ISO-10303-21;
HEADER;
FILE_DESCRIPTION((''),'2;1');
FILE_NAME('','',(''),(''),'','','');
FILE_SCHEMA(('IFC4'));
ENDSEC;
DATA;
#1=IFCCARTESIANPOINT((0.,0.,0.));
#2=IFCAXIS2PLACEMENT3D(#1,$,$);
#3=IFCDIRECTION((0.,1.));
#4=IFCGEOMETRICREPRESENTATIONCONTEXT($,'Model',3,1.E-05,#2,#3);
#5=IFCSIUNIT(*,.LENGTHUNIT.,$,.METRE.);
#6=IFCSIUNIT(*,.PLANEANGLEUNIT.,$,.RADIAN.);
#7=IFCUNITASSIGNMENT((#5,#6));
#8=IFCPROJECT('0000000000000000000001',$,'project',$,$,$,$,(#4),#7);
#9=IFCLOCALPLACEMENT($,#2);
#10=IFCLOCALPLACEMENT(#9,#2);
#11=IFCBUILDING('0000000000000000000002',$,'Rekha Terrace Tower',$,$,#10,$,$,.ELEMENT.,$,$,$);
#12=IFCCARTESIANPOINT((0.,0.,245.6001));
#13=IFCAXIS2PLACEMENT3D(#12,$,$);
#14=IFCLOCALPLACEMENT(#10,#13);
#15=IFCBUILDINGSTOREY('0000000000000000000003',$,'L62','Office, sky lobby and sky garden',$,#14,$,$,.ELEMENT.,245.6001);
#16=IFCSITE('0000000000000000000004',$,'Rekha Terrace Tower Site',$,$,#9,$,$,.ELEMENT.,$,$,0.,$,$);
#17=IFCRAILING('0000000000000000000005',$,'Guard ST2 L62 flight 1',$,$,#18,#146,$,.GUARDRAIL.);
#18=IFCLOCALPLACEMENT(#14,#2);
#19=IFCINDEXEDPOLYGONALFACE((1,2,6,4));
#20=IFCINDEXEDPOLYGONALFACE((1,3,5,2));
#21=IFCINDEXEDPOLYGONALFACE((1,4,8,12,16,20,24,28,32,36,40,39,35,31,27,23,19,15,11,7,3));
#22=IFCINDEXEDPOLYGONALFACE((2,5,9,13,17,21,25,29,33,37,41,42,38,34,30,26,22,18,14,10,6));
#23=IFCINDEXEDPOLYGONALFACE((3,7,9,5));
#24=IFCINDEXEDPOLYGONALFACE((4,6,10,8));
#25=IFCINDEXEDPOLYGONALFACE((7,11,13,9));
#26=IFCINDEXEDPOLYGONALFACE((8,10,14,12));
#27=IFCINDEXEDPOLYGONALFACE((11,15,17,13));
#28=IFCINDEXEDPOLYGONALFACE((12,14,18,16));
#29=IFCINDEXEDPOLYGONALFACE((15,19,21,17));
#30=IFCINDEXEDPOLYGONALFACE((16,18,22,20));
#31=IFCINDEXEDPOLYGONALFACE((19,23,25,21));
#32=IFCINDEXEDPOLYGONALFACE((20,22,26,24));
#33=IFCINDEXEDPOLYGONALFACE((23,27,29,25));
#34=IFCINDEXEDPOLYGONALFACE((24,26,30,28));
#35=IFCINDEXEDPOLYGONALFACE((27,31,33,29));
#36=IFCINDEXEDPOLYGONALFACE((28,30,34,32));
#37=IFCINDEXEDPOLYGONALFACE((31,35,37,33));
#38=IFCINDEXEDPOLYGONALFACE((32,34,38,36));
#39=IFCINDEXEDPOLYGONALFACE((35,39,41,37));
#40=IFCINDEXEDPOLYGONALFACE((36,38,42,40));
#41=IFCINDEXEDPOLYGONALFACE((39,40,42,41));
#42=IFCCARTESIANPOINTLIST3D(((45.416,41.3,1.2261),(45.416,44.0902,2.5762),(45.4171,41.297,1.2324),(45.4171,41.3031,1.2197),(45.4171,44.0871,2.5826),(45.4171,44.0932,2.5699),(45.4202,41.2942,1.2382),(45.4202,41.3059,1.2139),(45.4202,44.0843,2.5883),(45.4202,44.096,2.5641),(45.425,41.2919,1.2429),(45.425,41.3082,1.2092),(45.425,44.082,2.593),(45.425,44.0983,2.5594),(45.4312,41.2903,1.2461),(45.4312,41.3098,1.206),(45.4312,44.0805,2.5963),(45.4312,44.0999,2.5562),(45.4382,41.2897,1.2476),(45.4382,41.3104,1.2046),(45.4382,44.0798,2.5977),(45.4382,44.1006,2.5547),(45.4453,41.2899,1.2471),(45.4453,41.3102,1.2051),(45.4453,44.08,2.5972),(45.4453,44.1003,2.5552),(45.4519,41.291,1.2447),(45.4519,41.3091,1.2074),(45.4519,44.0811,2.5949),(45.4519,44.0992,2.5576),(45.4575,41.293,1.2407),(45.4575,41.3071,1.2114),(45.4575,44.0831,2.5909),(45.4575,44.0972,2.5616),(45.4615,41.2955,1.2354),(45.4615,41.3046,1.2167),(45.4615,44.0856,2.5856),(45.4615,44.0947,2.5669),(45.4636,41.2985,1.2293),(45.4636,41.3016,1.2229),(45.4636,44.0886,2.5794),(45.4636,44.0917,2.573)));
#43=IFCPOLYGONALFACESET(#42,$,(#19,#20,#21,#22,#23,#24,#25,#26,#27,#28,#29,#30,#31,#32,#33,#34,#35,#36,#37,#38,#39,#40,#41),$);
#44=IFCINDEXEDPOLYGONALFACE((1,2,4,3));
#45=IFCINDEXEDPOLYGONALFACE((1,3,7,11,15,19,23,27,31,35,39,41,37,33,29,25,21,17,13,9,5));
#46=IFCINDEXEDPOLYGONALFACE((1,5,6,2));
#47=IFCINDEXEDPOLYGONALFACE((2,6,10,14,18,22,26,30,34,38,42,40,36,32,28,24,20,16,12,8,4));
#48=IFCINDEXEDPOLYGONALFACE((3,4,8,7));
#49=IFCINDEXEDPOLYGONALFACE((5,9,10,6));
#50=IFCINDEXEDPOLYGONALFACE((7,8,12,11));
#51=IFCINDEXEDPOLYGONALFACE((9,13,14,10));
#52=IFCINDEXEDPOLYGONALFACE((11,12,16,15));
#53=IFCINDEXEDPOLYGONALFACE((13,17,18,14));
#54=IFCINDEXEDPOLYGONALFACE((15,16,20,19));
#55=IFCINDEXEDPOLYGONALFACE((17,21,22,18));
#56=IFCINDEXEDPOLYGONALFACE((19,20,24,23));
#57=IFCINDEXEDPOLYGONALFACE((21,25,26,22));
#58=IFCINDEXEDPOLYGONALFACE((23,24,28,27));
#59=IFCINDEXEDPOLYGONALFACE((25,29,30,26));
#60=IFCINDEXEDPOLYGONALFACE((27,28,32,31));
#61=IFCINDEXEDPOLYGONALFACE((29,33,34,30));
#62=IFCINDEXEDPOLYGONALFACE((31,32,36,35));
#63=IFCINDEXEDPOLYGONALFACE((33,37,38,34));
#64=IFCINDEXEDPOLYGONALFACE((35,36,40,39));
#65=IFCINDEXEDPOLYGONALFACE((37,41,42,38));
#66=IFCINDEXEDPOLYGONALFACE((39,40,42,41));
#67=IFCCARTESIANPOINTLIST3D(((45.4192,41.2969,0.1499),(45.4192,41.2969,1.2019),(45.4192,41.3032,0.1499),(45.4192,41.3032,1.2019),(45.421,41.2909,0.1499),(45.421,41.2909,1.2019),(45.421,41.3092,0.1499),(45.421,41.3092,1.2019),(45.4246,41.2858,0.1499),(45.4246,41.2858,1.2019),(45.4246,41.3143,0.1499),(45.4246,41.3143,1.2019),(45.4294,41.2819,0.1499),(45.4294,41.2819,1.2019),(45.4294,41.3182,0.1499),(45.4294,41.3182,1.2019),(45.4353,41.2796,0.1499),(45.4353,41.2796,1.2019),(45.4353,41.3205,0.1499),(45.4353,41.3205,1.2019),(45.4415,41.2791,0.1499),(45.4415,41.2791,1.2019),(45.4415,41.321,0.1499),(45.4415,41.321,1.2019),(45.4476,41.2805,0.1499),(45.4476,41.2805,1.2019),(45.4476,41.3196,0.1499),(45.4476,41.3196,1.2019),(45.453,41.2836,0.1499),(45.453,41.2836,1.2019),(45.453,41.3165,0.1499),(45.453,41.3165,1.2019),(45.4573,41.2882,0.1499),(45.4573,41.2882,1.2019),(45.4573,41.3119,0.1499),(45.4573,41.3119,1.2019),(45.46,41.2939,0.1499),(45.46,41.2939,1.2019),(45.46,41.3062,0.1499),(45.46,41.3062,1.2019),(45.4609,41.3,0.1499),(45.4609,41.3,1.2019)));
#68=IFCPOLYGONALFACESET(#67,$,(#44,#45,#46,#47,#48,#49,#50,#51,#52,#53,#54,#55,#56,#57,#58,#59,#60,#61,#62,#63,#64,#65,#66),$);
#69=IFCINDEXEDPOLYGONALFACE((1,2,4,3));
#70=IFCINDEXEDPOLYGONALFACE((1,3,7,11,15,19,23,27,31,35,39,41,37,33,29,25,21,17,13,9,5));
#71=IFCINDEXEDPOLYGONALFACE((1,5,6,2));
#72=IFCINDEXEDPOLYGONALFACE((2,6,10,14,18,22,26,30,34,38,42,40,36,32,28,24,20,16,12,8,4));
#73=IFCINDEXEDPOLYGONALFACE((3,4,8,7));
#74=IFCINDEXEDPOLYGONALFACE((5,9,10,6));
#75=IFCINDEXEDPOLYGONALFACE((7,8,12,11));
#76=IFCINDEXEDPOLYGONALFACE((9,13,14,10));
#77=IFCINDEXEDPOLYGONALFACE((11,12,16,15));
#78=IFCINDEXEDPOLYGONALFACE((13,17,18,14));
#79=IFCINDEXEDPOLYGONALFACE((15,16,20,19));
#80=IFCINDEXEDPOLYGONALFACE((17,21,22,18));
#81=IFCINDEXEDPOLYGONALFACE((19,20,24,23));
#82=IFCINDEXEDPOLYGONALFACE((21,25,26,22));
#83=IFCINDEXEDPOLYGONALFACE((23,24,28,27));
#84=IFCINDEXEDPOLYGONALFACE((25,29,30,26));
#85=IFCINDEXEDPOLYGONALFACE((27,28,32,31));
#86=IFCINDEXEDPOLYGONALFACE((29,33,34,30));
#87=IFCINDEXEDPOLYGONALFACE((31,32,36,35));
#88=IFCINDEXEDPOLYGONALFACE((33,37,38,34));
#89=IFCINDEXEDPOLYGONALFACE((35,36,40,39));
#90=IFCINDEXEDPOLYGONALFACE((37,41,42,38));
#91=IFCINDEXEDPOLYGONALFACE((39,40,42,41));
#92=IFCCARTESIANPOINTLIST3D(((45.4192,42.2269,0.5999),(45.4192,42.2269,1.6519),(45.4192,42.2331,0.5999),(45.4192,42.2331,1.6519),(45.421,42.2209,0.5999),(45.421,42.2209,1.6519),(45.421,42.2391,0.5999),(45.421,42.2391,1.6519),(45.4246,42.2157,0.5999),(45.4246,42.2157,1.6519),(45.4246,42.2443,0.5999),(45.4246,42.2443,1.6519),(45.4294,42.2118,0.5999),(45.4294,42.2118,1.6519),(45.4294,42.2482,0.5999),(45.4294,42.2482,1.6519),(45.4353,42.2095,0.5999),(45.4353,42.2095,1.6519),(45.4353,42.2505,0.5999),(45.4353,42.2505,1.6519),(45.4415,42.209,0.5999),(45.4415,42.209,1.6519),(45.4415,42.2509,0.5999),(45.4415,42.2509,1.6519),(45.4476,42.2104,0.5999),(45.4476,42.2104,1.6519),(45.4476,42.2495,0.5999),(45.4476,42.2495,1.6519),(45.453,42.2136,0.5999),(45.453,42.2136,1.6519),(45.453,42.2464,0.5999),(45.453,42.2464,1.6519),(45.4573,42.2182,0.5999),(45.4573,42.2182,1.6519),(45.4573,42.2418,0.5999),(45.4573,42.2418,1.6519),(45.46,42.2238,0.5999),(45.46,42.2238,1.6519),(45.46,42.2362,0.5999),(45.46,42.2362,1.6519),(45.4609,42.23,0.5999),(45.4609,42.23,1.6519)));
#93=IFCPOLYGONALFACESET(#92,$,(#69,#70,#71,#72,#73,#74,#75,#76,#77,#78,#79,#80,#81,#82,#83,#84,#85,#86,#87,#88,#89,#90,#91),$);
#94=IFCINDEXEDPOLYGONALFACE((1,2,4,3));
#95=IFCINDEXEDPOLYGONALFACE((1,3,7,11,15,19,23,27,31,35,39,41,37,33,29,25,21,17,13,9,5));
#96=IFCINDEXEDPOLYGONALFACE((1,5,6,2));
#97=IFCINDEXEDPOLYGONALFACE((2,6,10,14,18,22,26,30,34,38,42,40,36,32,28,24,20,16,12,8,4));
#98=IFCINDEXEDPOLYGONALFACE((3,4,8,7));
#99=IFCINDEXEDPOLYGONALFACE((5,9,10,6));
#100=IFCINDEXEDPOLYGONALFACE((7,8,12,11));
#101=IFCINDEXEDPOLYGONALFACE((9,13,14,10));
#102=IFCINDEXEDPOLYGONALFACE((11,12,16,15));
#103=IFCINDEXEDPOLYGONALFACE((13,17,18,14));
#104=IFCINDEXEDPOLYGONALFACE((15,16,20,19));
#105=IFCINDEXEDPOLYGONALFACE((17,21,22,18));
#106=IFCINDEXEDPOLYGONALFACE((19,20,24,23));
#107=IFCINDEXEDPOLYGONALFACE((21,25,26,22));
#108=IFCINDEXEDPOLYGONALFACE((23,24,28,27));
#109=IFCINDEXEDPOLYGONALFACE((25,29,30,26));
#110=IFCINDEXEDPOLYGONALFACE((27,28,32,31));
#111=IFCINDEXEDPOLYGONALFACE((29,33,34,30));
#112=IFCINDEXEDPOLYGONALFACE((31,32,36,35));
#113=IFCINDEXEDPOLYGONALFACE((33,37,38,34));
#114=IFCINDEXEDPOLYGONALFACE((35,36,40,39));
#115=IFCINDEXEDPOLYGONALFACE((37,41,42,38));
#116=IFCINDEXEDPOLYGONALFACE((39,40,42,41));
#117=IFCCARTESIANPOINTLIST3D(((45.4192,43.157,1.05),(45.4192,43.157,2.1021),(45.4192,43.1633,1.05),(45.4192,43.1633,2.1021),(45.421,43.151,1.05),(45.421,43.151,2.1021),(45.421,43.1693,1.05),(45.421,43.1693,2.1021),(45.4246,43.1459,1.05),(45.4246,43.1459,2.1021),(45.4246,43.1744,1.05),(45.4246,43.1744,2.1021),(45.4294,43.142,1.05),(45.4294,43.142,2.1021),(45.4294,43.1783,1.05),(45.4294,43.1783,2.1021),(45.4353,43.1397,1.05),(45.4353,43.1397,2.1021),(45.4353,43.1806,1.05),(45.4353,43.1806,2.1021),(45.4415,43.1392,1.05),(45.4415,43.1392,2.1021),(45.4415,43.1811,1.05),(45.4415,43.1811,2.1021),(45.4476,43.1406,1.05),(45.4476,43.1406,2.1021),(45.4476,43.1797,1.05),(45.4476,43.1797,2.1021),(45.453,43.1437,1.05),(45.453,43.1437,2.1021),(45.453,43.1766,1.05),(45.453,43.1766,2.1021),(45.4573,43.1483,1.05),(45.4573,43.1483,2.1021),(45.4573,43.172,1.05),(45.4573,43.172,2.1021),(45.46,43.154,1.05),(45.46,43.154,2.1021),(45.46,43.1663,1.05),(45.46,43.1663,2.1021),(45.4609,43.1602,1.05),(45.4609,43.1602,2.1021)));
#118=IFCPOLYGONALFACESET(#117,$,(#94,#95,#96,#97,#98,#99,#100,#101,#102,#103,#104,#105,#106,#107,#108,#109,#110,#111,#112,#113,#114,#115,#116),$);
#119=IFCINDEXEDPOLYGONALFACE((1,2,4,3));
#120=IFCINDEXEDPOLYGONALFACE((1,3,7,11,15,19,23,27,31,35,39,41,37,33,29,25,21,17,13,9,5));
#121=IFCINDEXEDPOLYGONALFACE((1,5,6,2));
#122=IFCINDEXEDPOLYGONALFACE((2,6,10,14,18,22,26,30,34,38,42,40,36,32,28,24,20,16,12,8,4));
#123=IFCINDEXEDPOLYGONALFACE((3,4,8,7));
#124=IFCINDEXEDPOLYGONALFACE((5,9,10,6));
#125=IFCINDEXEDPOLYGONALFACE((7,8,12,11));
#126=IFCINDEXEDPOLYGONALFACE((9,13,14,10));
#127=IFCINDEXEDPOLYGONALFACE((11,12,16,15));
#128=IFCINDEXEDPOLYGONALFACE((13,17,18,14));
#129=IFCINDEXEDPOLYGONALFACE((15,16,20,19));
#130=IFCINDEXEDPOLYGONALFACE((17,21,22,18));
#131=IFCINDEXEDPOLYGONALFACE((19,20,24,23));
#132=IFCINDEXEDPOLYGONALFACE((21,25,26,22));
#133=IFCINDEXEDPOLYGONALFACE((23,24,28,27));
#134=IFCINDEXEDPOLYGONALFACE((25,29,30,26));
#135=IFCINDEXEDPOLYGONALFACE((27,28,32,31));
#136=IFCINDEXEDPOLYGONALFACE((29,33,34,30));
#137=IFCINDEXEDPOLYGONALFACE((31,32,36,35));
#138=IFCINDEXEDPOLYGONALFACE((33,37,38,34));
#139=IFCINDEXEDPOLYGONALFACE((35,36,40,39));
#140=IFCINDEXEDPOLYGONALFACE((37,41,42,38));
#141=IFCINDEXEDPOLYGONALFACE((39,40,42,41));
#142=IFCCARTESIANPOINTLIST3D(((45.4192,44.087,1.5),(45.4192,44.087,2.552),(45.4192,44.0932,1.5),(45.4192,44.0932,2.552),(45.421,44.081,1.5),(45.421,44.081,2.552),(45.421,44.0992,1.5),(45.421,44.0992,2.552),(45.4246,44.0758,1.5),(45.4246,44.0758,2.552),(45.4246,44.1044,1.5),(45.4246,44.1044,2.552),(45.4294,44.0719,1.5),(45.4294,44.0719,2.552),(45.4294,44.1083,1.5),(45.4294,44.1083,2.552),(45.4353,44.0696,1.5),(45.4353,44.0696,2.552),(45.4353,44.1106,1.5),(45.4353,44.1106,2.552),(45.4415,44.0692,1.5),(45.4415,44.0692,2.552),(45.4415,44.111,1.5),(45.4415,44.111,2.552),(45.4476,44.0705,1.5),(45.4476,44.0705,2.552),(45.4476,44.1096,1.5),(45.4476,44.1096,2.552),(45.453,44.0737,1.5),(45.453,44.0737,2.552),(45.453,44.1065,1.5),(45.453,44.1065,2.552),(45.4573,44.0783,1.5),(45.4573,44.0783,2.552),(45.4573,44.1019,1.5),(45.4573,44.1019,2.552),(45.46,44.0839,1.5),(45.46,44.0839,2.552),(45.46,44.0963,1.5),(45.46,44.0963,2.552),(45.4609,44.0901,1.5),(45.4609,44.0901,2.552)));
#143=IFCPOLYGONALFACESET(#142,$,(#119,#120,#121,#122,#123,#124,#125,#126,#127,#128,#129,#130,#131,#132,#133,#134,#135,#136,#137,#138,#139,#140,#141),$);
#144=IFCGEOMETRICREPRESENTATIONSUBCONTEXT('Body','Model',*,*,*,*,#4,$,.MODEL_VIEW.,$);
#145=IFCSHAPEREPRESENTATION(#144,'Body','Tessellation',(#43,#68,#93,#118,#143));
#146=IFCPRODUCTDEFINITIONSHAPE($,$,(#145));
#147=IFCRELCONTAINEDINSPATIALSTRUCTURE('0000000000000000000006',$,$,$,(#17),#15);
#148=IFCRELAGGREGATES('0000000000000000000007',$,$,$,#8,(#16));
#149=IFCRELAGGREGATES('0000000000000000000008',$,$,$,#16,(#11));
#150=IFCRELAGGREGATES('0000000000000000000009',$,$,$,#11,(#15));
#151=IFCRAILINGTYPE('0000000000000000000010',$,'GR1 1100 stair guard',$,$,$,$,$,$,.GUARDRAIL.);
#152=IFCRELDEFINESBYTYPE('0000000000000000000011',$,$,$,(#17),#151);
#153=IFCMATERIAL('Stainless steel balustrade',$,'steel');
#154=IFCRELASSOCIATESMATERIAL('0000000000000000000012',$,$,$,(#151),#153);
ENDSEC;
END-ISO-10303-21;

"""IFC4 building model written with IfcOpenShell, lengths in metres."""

from ifc_helpers import new_model, si_unit, direction, frame, origin, origin_2d, place, context, subcontext, project, spatial, circle, extrude, material, type_object, element, save


model = new_model("IFC4")

# Units and contexts
model_context = context("Model", 3, precision=1e-05, world=origin(), true_north=direction((0.0, 1.0)))
body_context = subcontext(model_context, "Body", "Model", "MODEL_VIEW")
ifc_project = project(units=[si_unit("LENGTHUNIT", "METRE"), si_unit("PLANEANGLEUNIT", "RADIAN")], contexts=[model_context])

# Site, building, storey
site_placement = place(None, origin())
site = spatial("IfcSite", under=ifc_project, at=site_placement, Name="Rekha Terrace Tower Site", CompositionType="ELEMENT", RefElevation=0.0)
building_placement = place(site_placement, origin())
building = spatial("IfcBuilding", under=site, at=building_placement, Name="Rekha Terrace Tower", CompositionType="ELEMENT")
storey_placement = place(building_placement, frame((0.0, 0.0, 245.6001)))
storey = spatial("IfcBuildingStorey", under=building, at=storey_placement, Name="L62", Description="Office, sky lobby and sky garden", CompositionType="ELEMENT", Elevation=245.6001)

# Railing
ifc_material_1 = material(Name="Stainless steel balustrade", Category="steel")
railing_type_1 = type_object("IfcRailingType", Name="GR1 1100 stair guard", PredefinedType="GUARDRAIL", material=ifc_material_1)
railing_1_placement = place(storey_placement, frame((45.4399, 41.3, 0.1499)))
element("IfcRailing", 1, at=railing_1_placement, inside=storey, type_object=railing_type_1, Name="Guard ST2 L62 flight 1", PredefinedType="GUARDRAIL", context=body_context, shape_type="SweptSolid", body=[
    extrude(circle(Radius=0.0239, at=origin_2d()), frame((0.0, 0.0, 1.0762), z_axis=(0.0, 0.900149, 0.435582), x_axis=(-1.0, 0.0, 0.0)), (0.0, 0.0, 1.0), 3.0996),
    extrude(circle(Radius=0.021, at=origin_2d()), origin(), (0.0, 0.0, 1.0), 1.052),
    extrude(circle(Radius=0.021, at=origin_2d()), frame((0.0, 0.9299, 0.45)), (0.0, 0.0, 1.0), 1.052),
    extrude(circle(Radius=0.021, at=origin_2d()), frame((0.0, 1.8601, 0.9001)), (0.0, 0.0, 1.0), 1.052),
    extrude(circle(Radius=0.021, at=origin_2d()), frame((0.0, 2.79, 1.3501)), (0.0, 0.0, 1.0), 1.052),
])

save(model, "model.ifc")
